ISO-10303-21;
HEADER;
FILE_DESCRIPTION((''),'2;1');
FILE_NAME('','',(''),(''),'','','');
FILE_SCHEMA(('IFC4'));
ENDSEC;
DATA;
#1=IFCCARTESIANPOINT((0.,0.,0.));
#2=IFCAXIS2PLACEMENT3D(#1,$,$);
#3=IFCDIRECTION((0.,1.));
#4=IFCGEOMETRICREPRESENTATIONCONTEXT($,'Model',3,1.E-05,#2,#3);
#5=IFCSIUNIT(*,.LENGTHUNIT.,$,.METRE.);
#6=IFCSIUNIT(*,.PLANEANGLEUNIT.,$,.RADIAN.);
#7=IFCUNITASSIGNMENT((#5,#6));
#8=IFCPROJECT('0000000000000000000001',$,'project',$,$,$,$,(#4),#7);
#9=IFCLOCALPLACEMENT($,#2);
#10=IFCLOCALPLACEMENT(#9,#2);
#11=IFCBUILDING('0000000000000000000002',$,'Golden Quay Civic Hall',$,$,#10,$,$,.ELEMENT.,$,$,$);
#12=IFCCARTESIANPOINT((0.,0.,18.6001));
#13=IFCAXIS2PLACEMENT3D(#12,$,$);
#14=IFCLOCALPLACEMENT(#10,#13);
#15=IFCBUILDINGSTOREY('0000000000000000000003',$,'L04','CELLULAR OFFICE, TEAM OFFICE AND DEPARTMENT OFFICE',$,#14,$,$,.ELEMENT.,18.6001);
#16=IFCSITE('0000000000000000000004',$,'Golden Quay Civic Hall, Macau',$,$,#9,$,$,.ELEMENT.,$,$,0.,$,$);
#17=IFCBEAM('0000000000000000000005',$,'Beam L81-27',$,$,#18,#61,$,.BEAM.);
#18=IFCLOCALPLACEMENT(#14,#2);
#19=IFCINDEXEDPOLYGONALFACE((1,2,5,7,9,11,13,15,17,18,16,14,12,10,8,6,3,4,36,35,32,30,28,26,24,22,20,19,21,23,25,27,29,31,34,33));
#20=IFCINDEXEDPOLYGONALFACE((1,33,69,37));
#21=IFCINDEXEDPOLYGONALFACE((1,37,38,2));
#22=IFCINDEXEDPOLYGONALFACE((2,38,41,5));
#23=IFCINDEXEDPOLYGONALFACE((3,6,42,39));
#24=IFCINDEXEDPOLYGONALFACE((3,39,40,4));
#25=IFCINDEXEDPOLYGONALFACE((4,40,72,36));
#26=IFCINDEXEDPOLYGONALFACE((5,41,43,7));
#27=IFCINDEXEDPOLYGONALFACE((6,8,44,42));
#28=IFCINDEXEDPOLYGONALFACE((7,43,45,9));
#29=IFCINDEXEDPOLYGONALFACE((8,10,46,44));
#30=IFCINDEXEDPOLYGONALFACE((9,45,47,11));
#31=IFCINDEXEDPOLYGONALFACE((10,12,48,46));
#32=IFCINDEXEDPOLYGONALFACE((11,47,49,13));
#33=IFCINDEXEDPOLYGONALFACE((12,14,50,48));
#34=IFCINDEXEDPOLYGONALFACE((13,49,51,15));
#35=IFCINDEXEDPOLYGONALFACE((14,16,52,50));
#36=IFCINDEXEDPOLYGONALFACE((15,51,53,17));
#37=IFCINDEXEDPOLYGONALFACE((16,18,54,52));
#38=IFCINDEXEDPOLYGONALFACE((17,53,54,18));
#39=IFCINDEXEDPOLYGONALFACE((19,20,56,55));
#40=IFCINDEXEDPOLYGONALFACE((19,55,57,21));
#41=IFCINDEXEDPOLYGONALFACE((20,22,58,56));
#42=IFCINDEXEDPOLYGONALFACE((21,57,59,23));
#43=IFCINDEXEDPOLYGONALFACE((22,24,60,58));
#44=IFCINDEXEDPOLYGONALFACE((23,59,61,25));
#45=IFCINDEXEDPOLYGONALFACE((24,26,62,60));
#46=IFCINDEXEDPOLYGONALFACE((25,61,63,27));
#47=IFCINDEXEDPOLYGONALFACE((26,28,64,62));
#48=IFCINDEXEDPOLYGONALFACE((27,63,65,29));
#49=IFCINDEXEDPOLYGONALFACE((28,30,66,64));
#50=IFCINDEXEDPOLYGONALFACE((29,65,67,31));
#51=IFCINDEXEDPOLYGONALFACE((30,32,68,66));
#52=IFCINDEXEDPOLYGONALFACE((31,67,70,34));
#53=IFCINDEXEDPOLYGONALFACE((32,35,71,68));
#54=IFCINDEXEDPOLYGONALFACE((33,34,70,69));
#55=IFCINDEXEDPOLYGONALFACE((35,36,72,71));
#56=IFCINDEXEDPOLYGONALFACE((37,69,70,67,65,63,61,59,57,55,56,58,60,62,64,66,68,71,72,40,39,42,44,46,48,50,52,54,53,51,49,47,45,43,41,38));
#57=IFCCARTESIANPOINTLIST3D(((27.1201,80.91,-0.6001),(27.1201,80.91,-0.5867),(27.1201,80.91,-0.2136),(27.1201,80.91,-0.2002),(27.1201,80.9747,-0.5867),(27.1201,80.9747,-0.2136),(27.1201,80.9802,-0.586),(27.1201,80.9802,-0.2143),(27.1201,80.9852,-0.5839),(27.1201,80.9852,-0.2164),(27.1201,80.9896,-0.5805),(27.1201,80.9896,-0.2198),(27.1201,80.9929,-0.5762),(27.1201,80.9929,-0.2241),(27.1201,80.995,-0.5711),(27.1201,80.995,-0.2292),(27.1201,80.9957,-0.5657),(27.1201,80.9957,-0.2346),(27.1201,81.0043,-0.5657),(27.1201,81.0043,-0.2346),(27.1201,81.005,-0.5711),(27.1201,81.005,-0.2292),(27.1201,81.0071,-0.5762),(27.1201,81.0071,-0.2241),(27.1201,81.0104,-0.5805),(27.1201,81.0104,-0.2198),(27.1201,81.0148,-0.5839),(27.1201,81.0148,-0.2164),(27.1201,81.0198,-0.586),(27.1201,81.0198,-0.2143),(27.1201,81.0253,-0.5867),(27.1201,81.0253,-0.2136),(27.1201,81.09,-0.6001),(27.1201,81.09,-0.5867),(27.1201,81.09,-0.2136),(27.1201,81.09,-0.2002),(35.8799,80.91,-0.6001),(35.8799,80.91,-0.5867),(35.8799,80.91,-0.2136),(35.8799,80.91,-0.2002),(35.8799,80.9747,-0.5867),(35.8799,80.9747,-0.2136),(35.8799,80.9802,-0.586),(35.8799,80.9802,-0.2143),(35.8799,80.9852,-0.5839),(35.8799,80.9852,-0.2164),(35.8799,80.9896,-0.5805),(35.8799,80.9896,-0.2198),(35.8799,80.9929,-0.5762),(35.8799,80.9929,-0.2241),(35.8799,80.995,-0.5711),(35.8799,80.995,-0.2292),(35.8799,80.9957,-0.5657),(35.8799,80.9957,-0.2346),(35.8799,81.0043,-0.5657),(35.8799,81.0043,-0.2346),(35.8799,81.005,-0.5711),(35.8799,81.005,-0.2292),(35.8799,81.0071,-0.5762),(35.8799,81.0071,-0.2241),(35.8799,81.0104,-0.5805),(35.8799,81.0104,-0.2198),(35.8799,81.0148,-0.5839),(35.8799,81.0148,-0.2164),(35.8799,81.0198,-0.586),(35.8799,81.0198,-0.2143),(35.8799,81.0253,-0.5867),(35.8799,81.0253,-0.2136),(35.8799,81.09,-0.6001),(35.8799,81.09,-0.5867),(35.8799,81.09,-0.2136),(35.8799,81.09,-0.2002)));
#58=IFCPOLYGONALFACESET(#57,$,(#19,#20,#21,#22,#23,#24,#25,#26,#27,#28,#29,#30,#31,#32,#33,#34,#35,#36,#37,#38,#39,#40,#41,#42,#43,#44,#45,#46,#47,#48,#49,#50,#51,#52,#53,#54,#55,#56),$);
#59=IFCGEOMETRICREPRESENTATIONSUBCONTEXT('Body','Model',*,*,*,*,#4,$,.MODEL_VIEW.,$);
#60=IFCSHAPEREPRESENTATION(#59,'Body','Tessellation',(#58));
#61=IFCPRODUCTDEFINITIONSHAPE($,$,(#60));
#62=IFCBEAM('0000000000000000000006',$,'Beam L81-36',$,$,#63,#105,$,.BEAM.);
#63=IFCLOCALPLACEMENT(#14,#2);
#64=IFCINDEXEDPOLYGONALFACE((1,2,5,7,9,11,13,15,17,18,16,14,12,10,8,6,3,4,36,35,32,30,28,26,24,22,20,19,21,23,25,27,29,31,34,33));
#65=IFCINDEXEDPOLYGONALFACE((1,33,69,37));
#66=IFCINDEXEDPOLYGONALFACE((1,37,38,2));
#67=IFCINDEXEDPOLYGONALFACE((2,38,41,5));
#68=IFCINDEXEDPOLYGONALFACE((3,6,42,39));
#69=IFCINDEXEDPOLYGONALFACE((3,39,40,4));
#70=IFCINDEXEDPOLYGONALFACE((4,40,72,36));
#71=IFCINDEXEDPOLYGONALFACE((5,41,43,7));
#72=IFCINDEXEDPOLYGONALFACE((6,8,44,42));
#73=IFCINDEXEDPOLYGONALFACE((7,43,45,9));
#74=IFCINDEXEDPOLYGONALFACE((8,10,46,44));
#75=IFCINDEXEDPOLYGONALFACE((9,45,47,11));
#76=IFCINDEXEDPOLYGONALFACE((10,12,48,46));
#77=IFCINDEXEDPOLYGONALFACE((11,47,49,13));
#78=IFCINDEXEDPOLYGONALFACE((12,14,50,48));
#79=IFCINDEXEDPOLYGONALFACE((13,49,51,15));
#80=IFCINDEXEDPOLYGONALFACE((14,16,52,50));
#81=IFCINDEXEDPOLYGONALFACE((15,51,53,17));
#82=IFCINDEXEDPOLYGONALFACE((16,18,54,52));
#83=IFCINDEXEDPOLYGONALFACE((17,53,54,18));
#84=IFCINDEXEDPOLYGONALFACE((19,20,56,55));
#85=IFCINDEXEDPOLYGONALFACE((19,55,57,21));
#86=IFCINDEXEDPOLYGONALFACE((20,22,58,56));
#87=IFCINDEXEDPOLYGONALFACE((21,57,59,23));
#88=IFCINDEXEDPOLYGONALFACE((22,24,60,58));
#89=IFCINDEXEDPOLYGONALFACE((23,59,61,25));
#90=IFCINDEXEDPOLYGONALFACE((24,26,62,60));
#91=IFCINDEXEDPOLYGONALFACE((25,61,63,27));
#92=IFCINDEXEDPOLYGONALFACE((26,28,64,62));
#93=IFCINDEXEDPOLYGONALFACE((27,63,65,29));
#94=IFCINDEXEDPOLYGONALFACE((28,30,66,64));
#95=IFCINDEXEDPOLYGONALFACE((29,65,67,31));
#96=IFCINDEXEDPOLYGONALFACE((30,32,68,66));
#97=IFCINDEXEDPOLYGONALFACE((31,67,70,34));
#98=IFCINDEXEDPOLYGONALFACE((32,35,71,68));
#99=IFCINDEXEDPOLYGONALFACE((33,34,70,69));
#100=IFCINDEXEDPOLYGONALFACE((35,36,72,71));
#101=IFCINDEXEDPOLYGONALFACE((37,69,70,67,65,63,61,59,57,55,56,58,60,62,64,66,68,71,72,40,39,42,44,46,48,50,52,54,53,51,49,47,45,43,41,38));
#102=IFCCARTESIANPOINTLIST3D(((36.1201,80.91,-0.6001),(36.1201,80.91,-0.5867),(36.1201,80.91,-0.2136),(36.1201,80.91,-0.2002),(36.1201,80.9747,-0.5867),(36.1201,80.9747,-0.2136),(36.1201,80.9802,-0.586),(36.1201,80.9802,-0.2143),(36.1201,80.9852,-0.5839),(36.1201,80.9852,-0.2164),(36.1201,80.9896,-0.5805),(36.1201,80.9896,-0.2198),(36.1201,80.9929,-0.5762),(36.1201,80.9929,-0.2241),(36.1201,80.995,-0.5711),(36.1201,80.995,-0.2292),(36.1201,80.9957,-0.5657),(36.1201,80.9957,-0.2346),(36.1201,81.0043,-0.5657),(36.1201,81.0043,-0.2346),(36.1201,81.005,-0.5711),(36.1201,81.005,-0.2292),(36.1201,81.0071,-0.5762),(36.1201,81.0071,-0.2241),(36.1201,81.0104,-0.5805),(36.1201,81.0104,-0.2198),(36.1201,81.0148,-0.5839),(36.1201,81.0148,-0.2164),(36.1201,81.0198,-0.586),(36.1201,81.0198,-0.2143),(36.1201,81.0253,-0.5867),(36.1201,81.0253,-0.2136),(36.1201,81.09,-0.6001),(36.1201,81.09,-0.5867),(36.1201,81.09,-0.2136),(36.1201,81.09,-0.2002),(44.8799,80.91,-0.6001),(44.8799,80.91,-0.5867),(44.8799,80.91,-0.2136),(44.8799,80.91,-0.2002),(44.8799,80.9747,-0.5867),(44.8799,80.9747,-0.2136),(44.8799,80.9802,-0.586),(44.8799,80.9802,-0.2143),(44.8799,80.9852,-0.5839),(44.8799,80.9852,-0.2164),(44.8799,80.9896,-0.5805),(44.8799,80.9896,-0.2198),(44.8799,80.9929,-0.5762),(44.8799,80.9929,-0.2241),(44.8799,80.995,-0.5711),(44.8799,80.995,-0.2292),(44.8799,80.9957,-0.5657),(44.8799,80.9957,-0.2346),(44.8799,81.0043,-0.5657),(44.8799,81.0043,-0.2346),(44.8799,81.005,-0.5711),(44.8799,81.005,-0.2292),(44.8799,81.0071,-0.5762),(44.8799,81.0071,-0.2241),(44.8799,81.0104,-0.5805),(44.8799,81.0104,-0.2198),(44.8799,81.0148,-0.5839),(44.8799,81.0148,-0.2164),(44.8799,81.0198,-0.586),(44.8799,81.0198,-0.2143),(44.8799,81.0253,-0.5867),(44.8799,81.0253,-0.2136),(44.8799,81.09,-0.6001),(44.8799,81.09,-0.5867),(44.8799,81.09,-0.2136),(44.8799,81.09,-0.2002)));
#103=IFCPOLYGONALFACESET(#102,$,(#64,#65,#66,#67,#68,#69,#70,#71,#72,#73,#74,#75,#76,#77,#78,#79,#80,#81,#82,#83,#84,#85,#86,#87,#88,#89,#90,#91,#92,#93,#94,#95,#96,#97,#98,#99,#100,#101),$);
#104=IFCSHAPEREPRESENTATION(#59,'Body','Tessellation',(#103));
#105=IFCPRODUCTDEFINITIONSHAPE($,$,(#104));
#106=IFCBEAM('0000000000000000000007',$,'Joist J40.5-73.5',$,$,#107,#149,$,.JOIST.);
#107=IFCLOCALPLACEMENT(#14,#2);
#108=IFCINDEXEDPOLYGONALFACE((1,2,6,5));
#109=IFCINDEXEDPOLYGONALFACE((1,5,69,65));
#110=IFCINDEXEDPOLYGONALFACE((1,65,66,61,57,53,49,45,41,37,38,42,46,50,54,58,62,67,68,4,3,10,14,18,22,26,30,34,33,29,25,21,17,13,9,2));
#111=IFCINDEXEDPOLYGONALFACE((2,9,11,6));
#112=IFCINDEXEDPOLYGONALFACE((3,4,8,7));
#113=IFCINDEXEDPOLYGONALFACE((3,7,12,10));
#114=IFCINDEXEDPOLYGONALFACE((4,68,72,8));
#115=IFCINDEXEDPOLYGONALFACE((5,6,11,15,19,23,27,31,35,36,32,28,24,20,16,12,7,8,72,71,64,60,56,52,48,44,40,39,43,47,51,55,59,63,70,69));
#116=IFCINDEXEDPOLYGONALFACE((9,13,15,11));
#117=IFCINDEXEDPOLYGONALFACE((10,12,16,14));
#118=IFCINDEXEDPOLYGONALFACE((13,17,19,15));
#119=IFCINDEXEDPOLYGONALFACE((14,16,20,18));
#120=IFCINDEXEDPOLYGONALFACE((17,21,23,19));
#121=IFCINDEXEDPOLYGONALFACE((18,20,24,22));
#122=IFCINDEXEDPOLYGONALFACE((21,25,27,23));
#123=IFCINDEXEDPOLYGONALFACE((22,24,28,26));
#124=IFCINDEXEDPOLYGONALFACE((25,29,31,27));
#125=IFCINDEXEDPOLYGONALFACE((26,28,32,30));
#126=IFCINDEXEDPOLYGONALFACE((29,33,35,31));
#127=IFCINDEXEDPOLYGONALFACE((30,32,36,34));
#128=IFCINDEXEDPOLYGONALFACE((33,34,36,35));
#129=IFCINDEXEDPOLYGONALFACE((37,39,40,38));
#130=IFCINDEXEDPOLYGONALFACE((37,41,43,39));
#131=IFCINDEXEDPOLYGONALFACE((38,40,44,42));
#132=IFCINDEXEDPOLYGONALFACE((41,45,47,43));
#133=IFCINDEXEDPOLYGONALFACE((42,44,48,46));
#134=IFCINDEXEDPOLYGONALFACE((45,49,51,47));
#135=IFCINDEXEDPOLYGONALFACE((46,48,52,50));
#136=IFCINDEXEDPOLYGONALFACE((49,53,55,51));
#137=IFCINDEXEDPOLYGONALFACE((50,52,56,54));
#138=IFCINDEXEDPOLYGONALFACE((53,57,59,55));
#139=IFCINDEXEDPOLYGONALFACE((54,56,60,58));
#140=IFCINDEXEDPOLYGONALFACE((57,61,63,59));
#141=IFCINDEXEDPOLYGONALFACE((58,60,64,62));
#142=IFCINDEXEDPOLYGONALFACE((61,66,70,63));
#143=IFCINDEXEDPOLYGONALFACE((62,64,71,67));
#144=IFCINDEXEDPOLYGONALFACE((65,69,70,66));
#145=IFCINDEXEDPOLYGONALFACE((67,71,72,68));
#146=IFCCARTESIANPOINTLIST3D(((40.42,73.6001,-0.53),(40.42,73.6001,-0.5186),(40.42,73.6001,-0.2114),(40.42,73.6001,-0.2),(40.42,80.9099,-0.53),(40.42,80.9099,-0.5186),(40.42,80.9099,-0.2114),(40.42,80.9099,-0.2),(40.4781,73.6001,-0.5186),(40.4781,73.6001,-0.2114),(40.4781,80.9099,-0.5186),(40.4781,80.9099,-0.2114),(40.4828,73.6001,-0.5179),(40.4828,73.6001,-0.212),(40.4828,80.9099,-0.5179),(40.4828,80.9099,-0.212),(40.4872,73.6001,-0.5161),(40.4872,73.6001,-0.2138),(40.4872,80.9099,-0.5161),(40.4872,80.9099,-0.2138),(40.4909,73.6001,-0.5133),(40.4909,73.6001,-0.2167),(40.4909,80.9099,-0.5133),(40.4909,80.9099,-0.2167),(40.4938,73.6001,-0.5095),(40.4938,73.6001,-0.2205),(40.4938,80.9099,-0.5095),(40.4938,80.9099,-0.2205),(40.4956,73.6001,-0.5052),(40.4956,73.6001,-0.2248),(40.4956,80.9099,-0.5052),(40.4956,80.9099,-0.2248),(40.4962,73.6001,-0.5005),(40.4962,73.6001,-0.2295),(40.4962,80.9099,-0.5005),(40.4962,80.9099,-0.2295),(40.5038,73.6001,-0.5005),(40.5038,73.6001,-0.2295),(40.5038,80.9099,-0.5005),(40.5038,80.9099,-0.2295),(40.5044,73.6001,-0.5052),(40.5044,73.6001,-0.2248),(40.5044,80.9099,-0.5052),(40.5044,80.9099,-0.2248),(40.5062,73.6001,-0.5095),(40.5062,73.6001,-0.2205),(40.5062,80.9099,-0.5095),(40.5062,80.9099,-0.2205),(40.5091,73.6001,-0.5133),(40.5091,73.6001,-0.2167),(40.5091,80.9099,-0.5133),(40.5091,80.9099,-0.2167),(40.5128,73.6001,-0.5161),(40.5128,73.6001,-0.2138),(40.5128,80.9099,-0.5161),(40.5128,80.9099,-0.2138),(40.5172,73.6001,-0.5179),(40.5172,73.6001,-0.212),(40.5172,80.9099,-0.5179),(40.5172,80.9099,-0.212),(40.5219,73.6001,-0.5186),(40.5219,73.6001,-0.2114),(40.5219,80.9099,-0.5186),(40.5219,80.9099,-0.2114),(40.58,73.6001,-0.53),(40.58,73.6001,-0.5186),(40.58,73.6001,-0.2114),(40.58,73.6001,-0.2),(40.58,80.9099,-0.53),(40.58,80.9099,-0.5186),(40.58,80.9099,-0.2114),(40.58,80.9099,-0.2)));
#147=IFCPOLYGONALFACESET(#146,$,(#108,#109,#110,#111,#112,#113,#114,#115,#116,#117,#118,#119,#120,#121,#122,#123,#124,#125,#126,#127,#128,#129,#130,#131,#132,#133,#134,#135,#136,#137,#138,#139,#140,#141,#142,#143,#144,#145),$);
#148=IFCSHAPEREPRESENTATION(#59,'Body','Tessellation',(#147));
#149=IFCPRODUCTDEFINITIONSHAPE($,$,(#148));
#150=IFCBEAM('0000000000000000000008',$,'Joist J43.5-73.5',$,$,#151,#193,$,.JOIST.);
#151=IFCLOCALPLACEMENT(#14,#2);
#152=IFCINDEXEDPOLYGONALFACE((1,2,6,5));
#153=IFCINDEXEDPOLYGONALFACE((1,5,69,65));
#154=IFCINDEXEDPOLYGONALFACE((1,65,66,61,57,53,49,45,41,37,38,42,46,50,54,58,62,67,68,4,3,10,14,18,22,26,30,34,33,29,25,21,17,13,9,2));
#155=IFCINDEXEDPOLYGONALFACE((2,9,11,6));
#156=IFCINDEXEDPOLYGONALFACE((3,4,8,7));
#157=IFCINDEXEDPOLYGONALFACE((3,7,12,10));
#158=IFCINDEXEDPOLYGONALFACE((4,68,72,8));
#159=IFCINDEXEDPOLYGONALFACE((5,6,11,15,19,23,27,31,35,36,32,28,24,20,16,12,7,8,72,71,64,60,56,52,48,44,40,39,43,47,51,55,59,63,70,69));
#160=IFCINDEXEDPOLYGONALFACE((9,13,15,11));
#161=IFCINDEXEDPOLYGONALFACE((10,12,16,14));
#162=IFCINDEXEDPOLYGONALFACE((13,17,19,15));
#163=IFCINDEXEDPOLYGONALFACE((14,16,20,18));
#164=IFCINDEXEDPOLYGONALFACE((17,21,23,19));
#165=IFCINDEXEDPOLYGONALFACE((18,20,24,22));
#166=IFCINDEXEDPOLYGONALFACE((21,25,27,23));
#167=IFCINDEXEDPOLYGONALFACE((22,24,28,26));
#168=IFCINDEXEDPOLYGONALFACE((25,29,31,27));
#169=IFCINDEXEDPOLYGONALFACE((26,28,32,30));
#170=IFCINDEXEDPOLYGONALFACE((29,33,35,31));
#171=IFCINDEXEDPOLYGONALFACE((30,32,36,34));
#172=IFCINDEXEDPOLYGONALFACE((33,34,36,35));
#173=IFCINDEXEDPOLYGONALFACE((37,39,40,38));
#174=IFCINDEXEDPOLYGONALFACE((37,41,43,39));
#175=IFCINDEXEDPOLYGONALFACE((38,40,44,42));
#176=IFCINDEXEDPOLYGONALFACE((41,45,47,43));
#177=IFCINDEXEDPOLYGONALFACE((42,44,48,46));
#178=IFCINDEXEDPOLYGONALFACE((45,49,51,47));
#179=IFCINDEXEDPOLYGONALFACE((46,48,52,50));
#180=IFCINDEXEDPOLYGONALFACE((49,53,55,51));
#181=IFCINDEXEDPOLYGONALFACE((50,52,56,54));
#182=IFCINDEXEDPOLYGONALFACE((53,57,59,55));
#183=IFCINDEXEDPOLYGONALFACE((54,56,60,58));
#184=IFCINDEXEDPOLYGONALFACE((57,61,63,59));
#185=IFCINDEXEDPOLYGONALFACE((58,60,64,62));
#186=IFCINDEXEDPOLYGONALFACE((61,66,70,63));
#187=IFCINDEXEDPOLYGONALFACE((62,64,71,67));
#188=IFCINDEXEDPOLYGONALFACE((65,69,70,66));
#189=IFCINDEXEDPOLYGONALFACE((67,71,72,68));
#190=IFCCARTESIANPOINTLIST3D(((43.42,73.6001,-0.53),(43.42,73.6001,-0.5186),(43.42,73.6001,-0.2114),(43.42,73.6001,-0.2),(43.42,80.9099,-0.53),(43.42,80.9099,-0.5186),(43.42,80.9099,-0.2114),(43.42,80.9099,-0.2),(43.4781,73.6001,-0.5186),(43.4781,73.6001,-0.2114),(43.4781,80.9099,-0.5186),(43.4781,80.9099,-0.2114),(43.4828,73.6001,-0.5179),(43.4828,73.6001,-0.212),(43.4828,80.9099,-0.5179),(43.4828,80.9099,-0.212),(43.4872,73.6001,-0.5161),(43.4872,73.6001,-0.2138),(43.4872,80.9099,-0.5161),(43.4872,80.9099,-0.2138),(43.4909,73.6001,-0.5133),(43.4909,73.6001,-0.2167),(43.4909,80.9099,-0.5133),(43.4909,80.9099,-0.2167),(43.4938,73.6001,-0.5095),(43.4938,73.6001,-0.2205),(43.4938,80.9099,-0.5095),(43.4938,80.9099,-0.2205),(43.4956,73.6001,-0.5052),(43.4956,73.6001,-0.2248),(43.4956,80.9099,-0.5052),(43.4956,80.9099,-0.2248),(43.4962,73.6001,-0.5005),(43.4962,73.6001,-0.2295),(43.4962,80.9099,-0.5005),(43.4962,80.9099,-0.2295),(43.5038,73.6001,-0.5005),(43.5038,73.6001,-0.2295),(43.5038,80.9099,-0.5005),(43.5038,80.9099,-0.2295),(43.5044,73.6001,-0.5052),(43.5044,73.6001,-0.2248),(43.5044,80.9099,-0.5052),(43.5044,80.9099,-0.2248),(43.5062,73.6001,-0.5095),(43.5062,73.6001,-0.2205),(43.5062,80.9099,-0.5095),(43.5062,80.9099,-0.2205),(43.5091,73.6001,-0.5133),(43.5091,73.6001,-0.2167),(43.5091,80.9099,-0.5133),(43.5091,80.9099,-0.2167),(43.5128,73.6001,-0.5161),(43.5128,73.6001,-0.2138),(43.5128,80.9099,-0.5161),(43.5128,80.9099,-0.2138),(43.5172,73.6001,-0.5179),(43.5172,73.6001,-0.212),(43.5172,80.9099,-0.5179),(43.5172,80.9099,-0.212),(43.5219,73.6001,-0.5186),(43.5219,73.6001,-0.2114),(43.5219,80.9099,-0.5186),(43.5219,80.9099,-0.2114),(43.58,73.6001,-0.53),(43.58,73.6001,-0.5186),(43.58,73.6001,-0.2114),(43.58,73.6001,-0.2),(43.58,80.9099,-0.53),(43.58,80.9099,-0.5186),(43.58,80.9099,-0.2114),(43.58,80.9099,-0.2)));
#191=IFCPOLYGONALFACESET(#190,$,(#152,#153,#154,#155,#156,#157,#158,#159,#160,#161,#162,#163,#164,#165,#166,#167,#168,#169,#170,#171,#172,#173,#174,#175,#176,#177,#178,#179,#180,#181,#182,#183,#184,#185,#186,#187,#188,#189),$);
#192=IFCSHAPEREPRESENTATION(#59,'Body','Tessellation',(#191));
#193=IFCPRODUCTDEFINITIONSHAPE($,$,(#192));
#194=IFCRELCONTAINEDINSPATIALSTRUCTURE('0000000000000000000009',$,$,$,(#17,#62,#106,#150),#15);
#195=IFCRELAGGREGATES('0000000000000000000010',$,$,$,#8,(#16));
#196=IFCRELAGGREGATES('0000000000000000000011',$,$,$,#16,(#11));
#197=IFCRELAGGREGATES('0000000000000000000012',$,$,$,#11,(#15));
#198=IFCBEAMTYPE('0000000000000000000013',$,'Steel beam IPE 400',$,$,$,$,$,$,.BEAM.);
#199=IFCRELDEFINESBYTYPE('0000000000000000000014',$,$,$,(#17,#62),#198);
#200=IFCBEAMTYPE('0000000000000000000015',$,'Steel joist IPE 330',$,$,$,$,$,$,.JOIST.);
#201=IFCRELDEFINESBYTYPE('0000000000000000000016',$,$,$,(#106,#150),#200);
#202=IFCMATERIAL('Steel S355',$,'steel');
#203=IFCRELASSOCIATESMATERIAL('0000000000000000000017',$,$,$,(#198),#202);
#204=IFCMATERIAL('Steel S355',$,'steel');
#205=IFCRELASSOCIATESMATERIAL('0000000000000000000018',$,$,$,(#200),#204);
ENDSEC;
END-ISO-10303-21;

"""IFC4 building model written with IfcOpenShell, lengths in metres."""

from ifc_helpers import new_model, si_unit, direction, frame, origin, origin_2d, place, context, subcontext, project, spatial, i_section, extrude, material, material_profile, profile_set, type_object, element, save


model = new_model("IFC4")

# Units and contexts
model_context = context("Model", 3, precision=1e-05, world=origin(), true_north=direction((0.0, 1.0)))
body_context = subcontext(model_context, "Body", "Model", "MODEL_VIEW")
ifc_project = project(units=[si_unit("LENGTHUNIT", "METRE"), si_unit("PLANEANGLEUNIT", "RADIAN")], contexts=[model_context])

# Site, building, storey
site_placement = place(None, origin())
site = spatial("IfcSite", under=ifc_project, at=site_placement, Name="Golden Quay Civic Hall, Macau", CompositionType="ELEMENT", RefElevation=0.0)
building_placement = place(site_placement, origin())
building = spatial("IfcBuilding", under=site, at=building_placement, Name="Golden Quay Civic Hall", CompositionType="ELEMENT")
storey_placement = place(building_placement, frame((0.0, 0.0, 18.6001)))
storey = spatial("IfcBuildingStorey", under=building, at=storey_placement, Name="L04", Description="CELLULAR OFFICE, TEAM OFFICE AND DEPARTMENT OFFICE", CompositionType="ELEMENT", Elevation=18.6001)

# Beams
ifc_material_1 = material(Name="Steel S355", Category="steel")
ifc_material_profile_1 = material_profile(ifc_material_1, i_section(OverallWidth=0.1799, OverallDepth=0.3999, WebThickness=0.0085, FlangeThickness=0.0134, FilletRadius=0.021, at=origin_2d()), Name="IPE 400")
ifc_profile_set_1 = profile_set([ifc_material_profile_1], Name="Steel S355")
beam_type_1 = type_object("IfcBeamType", Name="Steel beam IPE 400", PredefinedType="BEAM", material=ifc_profile_set_1)
for number, where, z_axis, x_axis, name in (
    (1, (27.1201, 81.0, -0.4001), (1.0, 0.0, 0.0), (0.0, 1.0, 0.0), "Beam L81-27"),
    (2, (36.1201, 81.0, -0.4001), (1.0, 0.0, 0.0), (0.0, 1.0, 0.0), "Beam L81-36"),
):
    element("IfcBeam", number, at=place(storey_placement, frame(where, z_axis=z_axis, x_axis=x_axis)), inside=storey, type_object=beam_type_1, Name=name, PredefinedType="BEAM", context=body_context, shape_type="SweptSolid", body=[
        extrude(i_section(OverallWidth=0.1799, OverallDepth=0.3999, WebThickness=0.0085, FlangeThickness=0.0134, FilletRadius=0.021, at=origin_2d()), origin(), (0.0, 0.0, 1.0), 8.7598),
    ])
ifc_material_2 = material(Name="Steel S355", Category="steel")
ifc_material_profile_2 = material_profile(ifc_material_2, i_section(OverallWidth=0.1599, OverallDepth=0.3301, WebThickness=0.0076, FlangeThickness=0.0115, FilletRadius=0.0181, at=origin_2d()), Name="IPE 330")
ifc_profile_set_2 = profile_set([ifc_material_profile_2], Name="Steel S355")
beam_type_2 = type_object("IfcBeamType", Name="Steel joist IPE 330", PredefinedType="JOIST", material=ifc_profile_set_2)
for number, where, z_axis, x_axis, name in (
    (3, (40.5, 73.6001, -0.365), (0.0, 1.0, 0.0), (-1.0, 0.0, 0.0), "Joist J40.5-73.5"),
    (4, (43.5, 73.6001, -0.365), (0.0, 1.0, 0.0), (-1.0, 0.0, 0.0), "Joist J43.5-73.5"),
):
    element("IfcBeam", number, at=place(storey_placement, frame(where, z_axis=z_axis, x_axis=x_axis)), inside=storey, type_object=beam_type_2, Name=name, PredefinedType="JOIST", context=body_context, shape_type="SweptSolid", body=[
        extrude(i_section(OverallWidth=0.1599, OverallDepth=0.3301, WebThickness=0.0076, FlangeThickness=0.0115, FilletRadius=0.0181, at=origin_2d()), origin(), (0.0, 0.0, 1.0), 7.3098),
    ])

save(model, "model.ifc")
